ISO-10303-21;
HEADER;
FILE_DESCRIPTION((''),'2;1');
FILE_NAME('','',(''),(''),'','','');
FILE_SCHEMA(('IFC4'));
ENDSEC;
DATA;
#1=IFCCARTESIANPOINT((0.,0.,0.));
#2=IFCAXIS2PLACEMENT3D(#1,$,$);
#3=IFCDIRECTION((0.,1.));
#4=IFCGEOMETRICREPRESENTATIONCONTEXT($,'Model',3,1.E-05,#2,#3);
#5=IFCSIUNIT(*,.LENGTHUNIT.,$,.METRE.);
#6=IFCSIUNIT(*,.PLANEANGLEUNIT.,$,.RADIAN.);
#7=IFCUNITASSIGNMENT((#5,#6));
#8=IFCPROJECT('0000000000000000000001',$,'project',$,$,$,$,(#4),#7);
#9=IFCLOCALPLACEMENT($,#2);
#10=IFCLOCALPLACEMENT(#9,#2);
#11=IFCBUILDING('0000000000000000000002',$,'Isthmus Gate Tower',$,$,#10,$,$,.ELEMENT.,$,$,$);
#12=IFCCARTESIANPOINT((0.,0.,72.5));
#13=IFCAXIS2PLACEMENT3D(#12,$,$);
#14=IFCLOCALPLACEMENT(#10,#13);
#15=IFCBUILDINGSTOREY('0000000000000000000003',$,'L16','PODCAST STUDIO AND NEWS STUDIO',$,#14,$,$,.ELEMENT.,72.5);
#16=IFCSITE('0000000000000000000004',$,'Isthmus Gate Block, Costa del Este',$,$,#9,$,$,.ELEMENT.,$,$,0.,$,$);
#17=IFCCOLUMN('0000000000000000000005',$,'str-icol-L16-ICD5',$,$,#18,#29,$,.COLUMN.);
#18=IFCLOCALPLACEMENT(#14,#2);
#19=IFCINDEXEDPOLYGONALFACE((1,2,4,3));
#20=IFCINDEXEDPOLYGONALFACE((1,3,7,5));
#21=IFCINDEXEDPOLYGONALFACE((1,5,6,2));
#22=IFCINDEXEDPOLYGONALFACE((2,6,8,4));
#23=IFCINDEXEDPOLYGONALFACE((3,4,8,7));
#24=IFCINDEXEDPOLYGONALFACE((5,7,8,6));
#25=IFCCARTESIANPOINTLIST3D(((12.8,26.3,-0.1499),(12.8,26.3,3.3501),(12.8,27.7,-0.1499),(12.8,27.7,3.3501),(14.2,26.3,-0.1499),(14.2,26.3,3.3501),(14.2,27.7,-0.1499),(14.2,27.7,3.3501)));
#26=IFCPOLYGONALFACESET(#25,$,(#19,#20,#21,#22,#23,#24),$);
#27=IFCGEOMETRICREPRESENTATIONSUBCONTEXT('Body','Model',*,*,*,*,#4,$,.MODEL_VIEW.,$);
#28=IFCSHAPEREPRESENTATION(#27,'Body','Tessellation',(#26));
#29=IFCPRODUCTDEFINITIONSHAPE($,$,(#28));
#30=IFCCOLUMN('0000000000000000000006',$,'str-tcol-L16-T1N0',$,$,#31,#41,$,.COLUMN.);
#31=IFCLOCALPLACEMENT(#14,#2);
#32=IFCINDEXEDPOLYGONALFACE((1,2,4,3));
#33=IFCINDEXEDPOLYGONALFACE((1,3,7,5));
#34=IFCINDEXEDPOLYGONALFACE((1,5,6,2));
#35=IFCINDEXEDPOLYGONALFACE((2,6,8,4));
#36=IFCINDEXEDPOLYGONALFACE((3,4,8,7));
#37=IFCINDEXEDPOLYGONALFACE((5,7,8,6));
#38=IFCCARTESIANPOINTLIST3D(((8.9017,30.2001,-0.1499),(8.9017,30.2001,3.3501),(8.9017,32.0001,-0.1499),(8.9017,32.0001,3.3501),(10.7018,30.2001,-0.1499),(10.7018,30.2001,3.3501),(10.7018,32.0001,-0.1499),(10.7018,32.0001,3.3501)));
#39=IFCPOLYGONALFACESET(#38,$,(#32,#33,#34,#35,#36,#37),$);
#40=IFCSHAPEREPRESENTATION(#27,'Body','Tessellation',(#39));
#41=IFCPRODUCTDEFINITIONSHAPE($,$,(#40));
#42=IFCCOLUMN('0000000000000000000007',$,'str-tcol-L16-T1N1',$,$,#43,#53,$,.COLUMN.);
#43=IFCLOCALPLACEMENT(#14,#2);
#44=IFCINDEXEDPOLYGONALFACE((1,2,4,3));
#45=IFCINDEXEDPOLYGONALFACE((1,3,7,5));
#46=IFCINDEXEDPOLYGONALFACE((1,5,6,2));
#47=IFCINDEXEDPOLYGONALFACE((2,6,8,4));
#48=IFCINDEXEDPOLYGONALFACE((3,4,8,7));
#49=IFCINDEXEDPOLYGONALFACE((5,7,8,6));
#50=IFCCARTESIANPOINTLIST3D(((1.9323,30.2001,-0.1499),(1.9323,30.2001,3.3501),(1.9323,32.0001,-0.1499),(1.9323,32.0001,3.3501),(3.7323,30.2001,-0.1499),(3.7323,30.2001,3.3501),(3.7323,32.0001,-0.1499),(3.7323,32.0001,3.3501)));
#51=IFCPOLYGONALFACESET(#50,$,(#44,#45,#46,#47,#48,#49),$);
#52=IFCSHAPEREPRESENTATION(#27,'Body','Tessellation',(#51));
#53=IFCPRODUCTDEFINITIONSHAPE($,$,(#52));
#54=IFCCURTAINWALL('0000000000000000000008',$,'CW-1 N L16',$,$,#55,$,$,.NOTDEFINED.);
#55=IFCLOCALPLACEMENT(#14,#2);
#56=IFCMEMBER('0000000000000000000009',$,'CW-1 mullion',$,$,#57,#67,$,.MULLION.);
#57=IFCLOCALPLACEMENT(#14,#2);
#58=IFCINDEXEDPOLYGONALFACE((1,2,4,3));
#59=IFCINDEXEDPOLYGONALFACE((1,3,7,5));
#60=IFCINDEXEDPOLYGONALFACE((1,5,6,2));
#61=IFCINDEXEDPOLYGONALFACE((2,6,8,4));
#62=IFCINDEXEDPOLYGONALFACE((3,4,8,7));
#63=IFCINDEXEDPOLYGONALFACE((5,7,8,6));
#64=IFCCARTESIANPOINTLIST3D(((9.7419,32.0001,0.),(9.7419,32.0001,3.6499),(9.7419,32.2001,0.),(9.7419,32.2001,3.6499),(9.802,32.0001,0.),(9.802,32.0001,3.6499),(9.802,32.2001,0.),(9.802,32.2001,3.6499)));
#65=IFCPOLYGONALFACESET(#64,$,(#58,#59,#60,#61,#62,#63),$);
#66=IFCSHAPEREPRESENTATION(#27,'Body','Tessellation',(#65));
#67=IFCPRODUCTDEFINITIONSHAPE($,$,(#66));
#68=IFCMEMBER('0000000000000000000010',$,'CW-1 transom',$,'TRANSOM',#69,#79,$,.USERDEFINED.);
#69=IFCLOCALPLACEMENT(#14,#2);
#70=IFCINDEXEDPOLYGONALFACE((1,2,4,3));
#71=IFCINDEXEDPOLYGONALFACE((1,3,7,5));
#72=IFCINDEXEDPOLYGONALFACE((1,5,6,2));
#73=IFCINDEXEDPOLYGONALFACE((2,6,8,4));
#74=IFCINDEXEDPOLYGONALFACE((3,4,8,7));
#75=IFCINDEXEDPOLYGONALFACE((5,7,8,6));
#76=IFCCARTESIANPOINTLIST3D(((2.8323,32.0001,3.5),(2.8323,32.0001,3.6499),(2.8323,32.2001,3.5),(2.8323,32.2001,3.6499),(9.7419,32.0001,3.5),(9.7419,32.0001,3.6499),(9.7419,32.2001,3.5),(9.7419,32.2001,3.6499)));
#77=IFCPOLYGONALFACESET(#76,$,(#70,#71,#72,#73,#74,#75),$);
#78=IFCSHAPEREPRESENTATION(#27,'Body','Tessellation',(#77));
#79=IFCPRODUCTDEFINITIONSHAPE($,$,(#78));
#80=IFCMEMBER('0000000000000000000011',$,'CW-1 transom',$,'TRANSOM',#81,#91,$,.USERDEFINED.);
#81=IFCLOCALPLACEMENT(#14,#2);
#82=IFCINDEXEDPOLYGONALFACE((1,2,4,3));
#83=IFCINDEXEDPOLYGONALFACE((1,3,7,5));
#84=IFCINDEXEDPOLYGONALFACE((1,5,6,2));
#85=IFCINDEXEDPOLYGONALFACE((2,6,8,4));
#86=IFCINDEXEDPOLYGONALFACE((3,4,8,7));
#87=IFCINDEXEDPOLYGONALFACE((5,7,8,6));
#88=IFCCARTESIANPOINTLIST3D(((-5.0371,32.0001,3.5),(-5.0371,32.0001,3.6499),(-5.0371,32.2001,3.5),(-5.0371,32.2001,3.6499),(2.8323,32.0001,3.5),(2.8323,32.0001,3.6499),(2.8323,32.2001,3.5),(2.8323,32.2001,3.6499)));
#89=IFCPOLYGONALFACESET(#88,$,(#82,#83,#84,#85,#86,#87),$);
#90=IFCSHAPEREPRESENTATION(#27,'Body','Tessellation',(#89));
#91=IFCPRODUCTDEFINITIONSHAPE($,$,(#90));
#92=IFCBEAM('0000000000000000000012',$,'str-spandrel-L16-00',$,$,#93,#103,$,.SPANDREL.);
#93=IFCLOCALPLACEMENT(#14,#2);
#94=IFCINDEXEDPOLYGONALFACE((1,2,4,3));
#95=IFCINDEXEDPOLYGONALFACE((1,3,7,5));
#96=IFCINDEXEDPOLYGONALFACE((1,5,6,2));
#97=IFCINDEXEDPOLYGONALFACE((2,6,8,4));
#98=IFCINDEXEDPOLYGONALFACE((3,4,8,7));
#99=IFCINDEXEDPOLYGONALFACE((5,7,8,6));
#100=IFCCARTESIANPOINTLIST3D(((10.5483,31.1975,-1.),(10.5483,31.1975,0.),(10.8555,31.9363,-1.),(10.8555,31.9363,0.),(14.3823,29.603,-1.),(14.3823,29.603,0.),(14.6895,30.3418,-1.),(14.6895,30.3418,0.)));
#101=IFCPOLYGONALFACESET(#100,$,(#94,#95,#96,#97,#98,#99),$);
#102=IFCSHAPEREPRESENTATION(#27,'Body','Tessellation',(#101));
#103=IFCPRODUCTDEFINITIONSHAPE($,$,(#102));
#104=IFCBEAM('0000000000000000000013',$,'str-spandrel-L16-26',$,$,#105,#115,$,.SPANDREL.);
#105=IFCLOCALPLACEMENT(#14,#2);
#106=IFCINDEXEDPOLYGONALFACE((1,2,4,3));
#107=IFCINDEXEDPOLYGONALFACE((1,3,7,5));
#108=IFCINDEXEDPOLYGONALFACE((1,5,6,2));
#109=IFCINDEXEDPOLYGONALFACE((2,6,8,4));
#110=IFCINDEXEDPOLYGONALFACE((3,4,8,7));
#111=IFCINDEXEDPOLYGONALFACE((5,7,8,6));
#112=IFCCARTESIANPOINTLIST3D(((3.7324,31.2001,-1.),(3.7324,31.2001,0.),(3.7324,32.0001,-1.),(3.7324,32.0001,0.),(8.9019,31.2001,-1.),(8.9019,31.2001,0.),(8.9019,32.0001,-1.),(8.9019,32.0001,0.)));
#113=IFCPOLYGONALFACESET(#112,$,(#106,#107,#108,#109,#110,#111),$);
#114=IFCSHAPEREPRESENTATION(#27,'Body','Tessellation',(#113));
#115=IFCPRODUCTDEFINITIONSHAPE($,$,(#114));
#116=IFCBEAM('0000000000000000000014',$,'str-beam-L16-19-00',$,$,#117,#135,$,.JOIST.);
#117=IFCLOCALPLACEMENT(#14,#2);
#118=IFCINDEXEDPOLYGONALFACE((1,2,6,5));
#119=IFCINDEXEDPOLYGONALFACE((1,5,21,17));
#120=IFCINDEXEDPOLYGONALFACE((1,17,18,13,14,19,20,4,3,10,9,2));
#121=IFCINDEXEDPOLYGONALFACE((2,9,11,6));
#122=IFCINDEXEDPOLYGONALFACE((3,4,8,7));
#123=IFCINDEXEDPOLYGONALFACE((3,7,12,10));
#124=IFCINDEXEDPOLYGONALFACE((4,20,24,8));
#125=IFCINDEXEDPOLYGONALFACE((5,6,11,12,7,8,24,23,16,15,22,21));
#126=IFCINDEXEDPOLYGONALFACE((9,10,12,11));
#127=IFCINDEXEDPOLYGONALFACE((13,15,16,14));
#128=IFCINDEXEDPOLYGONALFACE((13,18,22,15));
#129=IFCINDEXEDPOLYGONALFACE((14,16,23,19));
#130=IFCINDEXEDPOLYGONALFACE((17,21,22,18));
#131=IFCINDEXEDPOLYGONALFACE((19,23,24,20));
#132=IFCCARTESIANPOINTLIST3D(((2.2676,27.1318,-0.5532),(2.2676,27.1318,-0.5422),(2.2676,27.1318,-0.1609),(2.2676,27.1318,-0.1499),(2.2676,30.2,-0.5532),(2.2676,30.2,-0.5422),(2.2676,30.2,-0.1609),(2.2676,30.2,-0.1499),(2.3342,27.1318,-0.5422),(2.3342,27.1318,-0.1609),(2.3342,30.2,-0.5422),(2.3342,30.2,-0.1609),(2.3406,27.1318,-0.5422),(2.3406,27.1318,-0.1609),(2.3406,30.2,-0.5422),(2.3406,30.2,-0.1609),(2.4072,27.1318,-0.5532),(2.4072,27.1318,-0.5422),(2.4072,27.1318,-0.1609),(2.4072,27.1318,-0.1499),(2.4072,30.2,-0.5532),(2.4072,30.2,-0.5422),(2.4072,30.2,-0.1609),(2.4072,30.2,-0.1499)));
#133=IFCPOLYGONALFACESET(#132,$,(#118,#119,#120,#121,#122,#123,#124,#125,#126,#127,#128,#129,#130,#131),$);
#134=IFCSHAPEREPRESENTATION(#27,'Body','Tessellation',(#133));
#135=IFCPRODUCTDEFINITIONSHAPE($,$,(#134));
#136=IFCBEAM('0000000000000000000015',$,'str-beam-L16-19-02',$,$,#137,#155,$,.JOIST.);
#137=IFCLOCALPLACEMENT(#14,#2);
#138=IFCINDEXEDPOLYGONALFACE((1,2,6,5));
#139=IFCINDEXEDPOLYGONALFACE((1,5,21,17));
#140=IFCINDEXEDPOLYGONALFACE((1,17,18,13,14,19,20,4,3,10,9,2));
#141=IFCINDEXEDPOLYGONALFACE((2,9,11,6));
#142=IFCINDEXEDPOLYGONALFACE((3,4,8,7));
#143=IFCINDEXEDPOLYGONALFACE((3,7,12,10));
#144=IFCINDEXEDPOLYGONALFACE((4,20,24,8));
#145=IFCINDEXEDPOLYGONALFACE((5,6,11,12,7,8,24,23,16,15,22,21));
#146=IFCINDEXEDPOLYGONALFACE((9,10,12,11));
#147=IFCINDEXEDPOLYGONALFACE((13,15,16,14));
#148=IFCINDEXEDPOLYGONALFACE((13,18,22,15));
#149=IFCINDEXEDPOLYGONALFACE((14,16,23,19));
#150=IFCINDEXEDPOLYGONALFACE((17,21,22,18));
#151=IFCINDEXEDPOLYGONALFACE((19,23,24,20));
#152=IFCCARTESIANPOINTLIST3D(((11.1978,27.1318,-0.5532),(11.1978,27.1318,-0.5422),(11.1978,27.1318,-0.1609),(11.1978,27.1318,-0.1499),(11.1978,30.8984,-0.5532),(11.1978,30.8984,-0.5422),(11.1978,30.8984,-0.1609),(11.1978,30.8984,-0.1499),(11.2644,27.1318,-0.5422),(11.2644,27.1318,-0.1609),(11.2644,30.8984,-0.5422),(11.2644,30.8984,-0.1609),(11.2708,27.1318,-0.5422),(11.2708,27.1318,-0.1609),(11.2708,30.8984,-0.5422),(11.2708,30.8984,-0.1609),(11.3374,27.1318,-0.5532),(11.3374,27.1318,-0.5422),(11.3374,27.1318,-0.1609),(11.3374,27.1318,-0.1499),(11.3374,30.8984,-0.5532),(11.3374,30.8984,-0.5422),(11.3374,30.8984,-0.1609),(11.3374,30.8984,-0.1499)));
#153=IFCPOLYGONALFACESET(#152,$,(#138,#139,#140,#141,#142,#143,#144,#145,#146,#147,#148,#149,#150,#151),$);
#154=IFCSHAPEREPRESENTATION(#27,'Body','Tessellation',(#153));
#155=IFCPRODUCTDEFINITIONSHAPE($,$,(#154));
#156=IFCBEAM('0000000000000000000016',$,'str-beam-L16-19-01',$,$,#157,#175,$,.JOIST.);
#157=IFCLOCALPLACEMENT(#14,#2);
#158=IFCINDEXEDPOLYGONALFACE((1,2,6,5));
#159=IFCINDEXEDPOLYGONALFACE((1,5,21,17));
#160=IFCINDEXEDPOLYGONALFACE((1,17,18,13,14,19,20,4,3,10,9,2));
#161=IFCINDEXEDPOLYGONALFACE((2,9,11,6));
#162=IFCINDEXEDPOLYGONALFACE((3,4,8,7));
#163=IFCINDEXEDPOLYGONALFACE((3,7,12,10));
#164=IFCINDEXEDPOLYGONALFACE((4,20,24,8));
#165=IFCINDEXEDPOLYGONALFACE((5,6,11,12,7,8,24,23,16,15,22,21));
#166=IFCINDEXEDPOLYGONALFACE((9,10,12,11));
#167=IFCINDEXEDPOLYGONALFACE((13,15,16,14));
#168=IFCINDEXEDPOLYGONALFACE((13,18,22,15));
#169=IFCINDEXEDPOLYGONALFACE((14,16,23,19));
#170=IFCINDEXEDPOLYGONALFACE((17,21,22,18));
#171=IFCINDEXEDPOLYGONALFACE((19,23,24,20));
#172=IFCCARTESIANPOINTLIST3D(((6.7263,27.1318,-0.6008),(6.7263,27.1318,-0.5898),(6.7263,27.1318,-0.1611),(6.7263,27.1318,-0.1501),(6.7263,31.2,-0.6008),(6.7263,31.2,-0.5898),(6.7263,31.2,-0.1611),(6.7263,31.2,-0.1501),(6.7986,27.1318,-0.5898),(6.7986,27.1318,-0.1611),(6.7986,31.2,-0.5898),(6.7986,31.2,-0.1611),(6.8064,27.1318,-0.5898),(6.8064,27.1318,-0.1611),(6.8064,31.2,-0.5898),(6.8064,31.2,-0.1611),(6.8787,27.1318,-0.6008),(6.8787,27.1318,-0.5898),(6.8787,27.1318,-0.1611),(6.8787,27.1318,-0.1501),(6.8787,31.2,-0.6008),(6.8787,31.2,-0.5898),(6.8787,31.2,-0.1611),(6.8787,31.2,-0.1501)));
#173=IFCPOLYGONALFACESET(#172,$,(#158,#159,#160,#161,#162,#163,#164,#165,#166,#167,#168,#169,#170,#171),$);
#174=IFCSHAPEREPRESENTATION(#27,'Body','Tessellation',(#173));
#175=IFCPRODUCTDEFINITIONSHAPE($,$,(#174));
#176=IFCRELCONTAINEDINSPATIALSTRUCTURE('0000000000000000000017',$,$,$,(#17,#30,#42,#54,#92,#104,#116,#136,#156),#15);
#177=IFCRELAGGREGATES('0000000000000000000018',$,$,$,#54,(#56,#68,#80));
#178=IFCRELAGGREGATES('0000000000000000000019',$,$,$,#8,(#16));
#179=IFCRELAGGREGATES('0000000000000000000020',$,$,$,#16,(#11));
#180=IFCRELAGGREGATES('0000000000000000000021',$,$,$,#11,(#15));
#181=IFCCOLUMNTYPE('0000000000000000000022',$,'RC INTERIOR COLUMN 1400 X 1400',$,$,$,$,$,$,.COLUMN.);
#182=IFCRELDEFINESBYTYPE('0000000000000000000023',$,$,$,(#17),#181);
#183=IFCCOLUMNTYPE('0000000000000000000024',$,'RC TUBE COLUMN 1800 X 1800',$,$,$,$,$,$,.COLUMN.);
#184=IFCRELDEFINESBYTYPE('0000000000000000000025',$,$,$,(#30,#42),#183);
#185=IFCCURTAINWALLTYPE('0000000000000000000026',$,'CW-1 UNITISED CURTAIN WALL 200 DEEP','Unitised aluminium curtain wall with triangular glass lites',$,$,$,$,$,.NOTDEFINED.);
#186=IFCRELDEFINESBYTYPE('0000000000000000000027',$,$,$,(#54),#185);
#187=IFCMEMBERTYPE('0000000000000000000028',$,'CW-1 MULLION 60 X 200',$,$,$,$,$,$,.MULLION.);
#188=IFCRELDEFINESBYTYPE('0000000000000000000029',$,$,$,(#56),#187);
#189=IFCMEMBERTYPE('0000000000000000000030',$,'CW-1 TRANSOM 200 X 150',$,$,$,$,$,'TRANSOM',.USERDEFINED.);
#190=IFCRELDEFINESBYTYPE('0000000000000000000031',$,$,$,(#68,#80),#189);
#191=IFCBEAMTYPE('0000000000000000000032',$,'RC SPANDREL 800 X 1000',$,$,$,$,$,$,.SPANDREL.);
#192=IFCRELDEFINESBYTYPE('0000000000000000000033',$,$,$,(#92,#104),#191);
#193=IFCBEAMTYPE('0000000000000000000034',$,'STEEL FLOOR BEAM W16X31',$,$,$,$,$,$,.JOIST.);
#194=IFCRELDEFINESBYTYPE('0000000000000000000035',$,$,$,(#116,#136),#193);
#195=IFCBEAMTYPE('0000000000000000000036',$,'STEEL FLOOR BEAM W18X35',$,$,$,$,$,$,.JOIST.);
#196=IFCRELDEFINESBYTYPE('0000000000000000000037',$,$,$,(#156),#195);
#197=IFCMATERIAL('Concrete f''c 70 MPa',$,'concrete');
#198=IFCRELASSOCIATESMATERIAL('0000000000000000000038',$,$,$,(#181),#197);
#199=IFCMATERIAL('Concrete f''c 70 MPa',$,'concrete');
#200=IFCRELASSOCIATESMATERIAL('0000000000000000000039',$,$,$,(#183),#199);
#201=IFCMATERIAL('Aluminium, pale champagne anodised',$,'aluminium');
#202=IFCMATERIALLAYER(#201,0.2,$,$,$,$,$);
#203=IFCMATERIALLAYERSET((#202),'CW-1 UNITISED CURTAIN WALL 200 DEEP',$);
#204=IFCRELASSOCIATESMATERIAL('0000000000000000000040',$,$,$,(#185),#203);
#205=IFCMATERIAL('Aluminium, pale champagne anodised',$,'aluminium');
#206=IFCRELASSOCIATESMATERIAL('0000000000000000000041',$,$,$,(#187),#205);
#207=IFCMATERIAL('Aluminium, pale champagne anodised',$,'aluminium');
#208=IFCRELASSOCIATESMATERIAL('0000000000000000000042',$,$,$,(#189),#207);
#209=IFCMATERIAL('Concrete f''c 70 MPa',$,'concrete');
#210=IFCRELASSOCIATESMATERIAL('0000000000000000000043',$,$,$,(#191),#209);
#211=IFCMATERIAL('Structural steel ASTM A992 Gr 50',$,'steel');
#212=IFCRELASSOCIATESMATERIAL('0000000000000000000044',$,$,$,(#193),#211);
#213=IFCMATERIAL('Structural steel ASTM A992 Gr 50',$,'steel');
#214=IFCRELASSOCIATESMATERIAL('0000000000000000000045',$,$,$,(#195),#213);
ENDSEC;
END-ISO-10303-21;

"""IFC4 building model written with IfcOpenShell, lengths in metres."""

from ifc_helpers import new_model, si_unit, direction, frame, origin, origin_2d, place, context, subcontext, project, spatial, rectangle, i_section, extrude, material, layer, layer_set, material_profile, profile_set, type_object, element, aggregate, save


model = new_model("IFC4")

# Units and contexts
model_context = context("Model", 3, precision=1e-05, world=origin(), true_north=direction((0.0, 1.0)))
body_context = subcontext(model_context, "Body", "Model", "MODEL_VIEW")
ifc_project = project(units=[si_unit("LENGTHUNIT", "METRE"), si_unit("PLANEANGLEUNIT", "RADIAN")], contexts=[model_context])

# Site, building, storey
site_placement = place(None, origin())
site = spatial("IfcSite", under=ifc_project, at=site_placement, Name="Isthmus Gate Block, Costa del Este", CompositionType="ELEMENT", RefElevation=0.0)
building_placement = place(site_placement, origin())
building = spatial("IfcBuilding", under=site, at=building_placement, Name="Isthmus Gate Tower", CompositionType="ELEMENT")
storey_placement = place(building_placement, frame((0.0, 0.0, 72.5)))
storey = spatial("IfcBuildingStorey", under=building, at=storey_placement, Name="L16", Description="PODCAST STUDIO AND NEWS STUDIO", CompositionType="ELEMENT", Elevation=72.5)

# Columns
ifc_material_1 = material(Name="Concrete f'c 70 MPa", Category="concrete")
ifc_material_profile_1 = material_profile(ifc_material_1, rectangle(XDim=1.3999, YDim=1.3999, at=origin_2d()), Name="RC 1400X1400")
ifc_profile_set_1 = profile_set([ifc_material_profile_1], Name="Concrete f'c 70 MPa")
column_type_1 = type_object("IfcColumnType", Name="RC INTERIOR COLUMN 1400 X 1400", PredefinedType="COLUMN", material=ifc_profile_set_1)
column_placement = place(storey_placement, frame((13.5, 27.0, -0.1499), z_axis=(0.0, 0.0, 1.0), x_axis=(1.0, 0.0, 0.0)))
element("IfcColumn", 1, at=column_placement, inside=storey, type_object=column_type_1, Name="str-icol-L16-ICD5", PredefinedType="COLUMN", context=body_context, shape_type="SweptSolid", body=[
    extrude(rectangle(XDim=1.3999, YDim=1.3999, at=origin_2d()), origin(), (0.0, 0.0, 1.0), 3.5),
])
ifc_material_2 = material(Name="Concrete f'c 70 MPa", Category="concrete")
ifc_material_profile_2 = material_profile(ifc_material_2, rectangle(XDim=1.8, YDim=1.8, at=origin_2d()), Name="RC 1800X1800")
ifc_profile_set_2 = profile_set([ifc_material_profile_2], Name="Concrete f'c 70 MPa")
column_type_2 = type_object("IfcColumnType", Name="RC TUBE COLUMN 1800 X 1800", PredefinedType="COLUMN", material=ifc_profile_set_2)
for number, where, z_axis, x_axis, name in (
    (2, (9.8018, 31.1001, -0.1499), (0.0, 0.0, 1.0), (-1.0, 0.0, 0.0), "str-tcol-L16-T1N0"),
    (3, (2.8323, 31.1001, -0.1499), (0.0, 0.0, 1.0), (-1.0, 0.0, 0.0), "str-tcol-L16-T1N1"),
):
    element("IfcColumn", number, at=place(storey_placement, frame(where, z_axis=z_axis, x_axis=x_axis)), inside=storey, type_object=column_type_2, Name=name, PredefinedType="COLUMN", context=body_context, shape_type="SweptSolid", body=[
        extrude(rectangle(XDim=1.8, YDim=1.8, at=origin_2d()), origin(), (0.0, 0.0, 1.0), 3.5),
    ])

# Curtain wall, members
ifc_material_3 = material(Name="Aluminium, pale champagne anodised", Category="aluminium")
ifc_layer_1 = layer(ifc_material_3, 0.2)
ifc_layer_set_1 = layer_set([ifc_layer_1], Name="CW-1 UNITISED CURTAIN WALL 200 DEEP")
curtain_wall_type = type_object("IfcCurtainWallType", Name="CW-1 UNITISED CURTAIN WALL 200 DEEP", Description="Unitised aluminium curtain wall with triangular glass lites", PredefinedType="NOTDEFINED", material=ifc_layer_set_1)
curtain_wall_1_placement = place(storey_placement, origin())
curtain_wall_1 = element("IfcCurtainWall", 4, at=curtain_wall_1_placement, inside=storey, type_object=curtain_wall_type, Name="CW-1 N L16", PredefinedType="NOTDEFINED")
ifc_material_4 = material(Name="Aluminium, pale champagne anodised", Category="aluminium")
ifc_material_profile_3 = material_profile(ifc_material_4, rectangle(XDim=0.0601, YDim=0.2, at=origin_2d()), Name="60x200")
ifc_profile_set_3 = profile_set([ifc_material_profile_3], Name="Aluminium, pale champagne anodised")
member_type_1 = type_object("IfcMemberType", Name="CW-1 MULLION 60 X 200", PredefinedType="MULLION", material=ifc_profile_set_3)
member_1_placement = place(storey_placement, frame((9.772, 32.1001, 0.0), z_axis=(0.0, 0.0, 1.0), x_axis=(-1.0, 0.0, 0.0)))
member_1 = element("IfcMember", 5, at=member_1_placement, type_object=member_type_1, Name="CW-1 mullion", PredefinedType="MULLION", context=body_context, shape_type="SweptSolid", body=[
    extrude(rectangle(XDim=0.0601, YDim=0.2, at=origin_2d()), origin(), (0.0, 0.0, 1.0), 3.6499),
])
ifc_material_5 = material(Name="Aluminium, pale champagne anodised", Category="aluminium")
ifc_material_profile_4 = material_profile(ifc_material_5, rectangle(XDim=0.2, YDim=0.1499, at=origin_2d()), Name="200x150")
ifc_profile_set_4 = profile_set([ifc_material_profile_4], Name="Aluminium, pale champagne anodised")
member_type_2 = type_object("IfcMemberType", Name="CW-1 TRANSOM 200 X 150", ElementType="TRANSOM", PredefinedType="USERDEFINED", material=ifc_profile_set_4)
member_2_placement = place(storey_placement, frame((9.7419, 32.1001, 3.575), z_axis=(-1.0, 0.0, 0.0), x_axis=(0.0, -1.0, 0.0)))
member_2 = element("IfcMember", 6, at=member_2_placement, type_object=member_type_2, Name="CW-1 transom", ObjectType="TRANSOM", PredefinedType="USERDEFINED", context=body_context, shape_type="SweptSolid", body=[
    extrude(rectangle(XDim=0.2, YDim=0.1499, at=origin_2d()), origin(), (0.0, 0.0, 1.0), 6.9097),
])
member_3_placement = place(storey_placement, frame((2.8323, 32.1001, 3.575), z_axis=(-1.0, 0.0, 0.0), x_axis=(0.0, -1.0, 0.0)))
member_3 = element("IfcMember", 7, at=member_3_placement, type_object=member_type_2, Name="CW-1 transom", ObjectType="TRANSOM", PredefinedType="USERDEFINED", context=body_context, shape_type="SweptSolid", body=[
    extrude(rectangle(XDim=0.2, YDim=0.1499, at=origin_2d()), origin(), (0.0, 0.0, 1.0), 7.8694),
])

# Beams
ifc_material_6 = material(Name="Concrete f'c 70 MPa", Category="concrete")
ifc_material_profile_5 = material_profile(ifc_material_6, rectangle(XDim=0.8, YDim=1.0, at=origin_2d()), Name="RC 800X1000")
ifc_profile_set_5 = profile_set([ifc_material_profile_5], Name="Concrete f'c 70 MPa")
beam_type_1 = type_object("IfcBeamType", Name="RC SPANDREL 800 X 1000", PredefinedType="SPANDREL", material=ifc_profile_set_5)
beam_1_placement = place(storey_placement, frame((10.7019, 31.5669, -0.5), z_axis=(0.923334, -0.383997, 0.0), x_axis=(0.383997, 0.923334, 0.0)))
element("IfcBeam", 8, at=beam_1_placement, inside=storey, type_object=beam_type_1, Name="str-spandrel-L16-00", PredefinedType="SPANDREL", context=body_context, shape_type="SweptSolid", body=[
    extrude(rectangle(XDim=0.8, YDim=1.0, at=origin_2d()), origin(), (0.0, 0.0, 1.0), 4.1523),
])
beam_2_placement = place(storey_placement, frame((3.7324, 31.6001, -0.5), z_axis=(1.0, 0.0, 0.0), x_axis=(0.0, 1.0, 0.0)))
element("IfcBeam", 9, at=beam_2_placement, inside=storey, type_object=beam_type_1, Name="str-spandrel-L16-26", PredefinedType="SPANDREL", context=body_context, shape_type="SweptSolid", body=[
    extrude(rectangle(XDim=0.8, YDim=1.0, at=origin_2d()), origin(), (0.0, 0.0, 1.0), 5.1694),
])
ifc_material_7 = material(Name="Structural steel ASTM A992 Gr 50", Category="steel")
ifc_material_profile_6 = material_profile(ifc_material_7, i_section(OverallWidth=0.1396, OverallDepth=0.4033, WebThickness=0.0063, FlangeThickness=0.011, at=origin_2d()), Name="W16X31")
ifc_profile_set_6 = profile_set([ifc_material_profile_6], Name="Structural steel ASTM A992 Gr 50")
beam_type_2 = type_object("IfcBeamType", Name="STEEL FLOOR BEAM W16X31", PredefinedType="JOIST", material=ifc_profile_set_6)
beam_3_placement = place(storey_placement, frame((2.3374, 27.1318, -0.3516), z_axis=(0.0, 1.0, 0.0), x_axis=(-1.0, 0.0, 0.0)))
element("IfcBeam", 10, at=beam_3_placement, inside=storey, type_object=beam_type_2, Name="str-beam-L16-19-00", PredefinedType="JOIST", context=body_context, shape_type="SweptSolid", body=[
    extrude(i_section(OverallWidth=0.1396, OverallDepth=0.4033, WebThickness=0.0063, FlangeThickness=0.011, at=origin_2d()), origin(), (0.0, 0.0, 1.0), 3.0681),
])
beam_4_placement = place(storey_placement, frame((11.2676, 27.1318, -0.3516), z_axis=(0.0, 1.0, 0.0), x_axis=(-1.0, 0.0, 0.0)))
element("IfcBeam", 11, at=beam_4_placement, inside=storey, type_object=beam_type_2, Name="str-beam-L16-19-02", PredefinedType="JOIST", context=body_context, shape_type="SweptSolid", body=[
    extrude(i_section(OverallWidth=0.1396, OverallDepth=0.4033, WebThickness=0.0063, FlangeThickness=0.011, at=origin_2d()), origin(), (0.0, 0.0, 1.0), 3.7666),
])
ifc_material_8 = material(Name="Structural steel ASTM A992 Gr 50", Category="steel")
ifc_material_profile_7 = material_profile(ifc_material_8, i_section(OverallWidth=0.1523, OverallDepth=0.4507, WebThickness=0.0078, FlangeThickness=0.011, at=origin_2d()), Name="W18X35")
ifc_profile_set_7 = profile_set([ifc_material_profile_7], Name="Structural steel ASTM A992 Gr 50")
beam_type_3 = type_object("IfcBeamType", Name="STEEL FLOOR BEAM W18X35", PredefinedType="JOIST", material=ifc_profile_set_7)
beam_5_placement = place(storey_placement, frame((6.8025, 27.1318, -0.3755), z_axis=(0.0, 1.0, 0.0), x_axis=(-1.0, 0.0, 0.0)))
element("IfcBeam", 12, at=beam_5_placement, inside=storey, type_object=beam_type_3, Name="str-beam-L16-19-01", PredefinedType="JOIST", context=body_context, shape_type="SweptSolid", body=[
    extrude(i_section(OverallWidth=0.1523, OverallDepth=0.4507, WebThickness=0.0078, FlangeThickness=0.011, at=origin_2d()), origin(), (0.0, 0.0, 1.0), 4.0681),
])

aggregate(curtain_wall_1, [member_1, member_2, member_3])

save(model, "model.ifc")
